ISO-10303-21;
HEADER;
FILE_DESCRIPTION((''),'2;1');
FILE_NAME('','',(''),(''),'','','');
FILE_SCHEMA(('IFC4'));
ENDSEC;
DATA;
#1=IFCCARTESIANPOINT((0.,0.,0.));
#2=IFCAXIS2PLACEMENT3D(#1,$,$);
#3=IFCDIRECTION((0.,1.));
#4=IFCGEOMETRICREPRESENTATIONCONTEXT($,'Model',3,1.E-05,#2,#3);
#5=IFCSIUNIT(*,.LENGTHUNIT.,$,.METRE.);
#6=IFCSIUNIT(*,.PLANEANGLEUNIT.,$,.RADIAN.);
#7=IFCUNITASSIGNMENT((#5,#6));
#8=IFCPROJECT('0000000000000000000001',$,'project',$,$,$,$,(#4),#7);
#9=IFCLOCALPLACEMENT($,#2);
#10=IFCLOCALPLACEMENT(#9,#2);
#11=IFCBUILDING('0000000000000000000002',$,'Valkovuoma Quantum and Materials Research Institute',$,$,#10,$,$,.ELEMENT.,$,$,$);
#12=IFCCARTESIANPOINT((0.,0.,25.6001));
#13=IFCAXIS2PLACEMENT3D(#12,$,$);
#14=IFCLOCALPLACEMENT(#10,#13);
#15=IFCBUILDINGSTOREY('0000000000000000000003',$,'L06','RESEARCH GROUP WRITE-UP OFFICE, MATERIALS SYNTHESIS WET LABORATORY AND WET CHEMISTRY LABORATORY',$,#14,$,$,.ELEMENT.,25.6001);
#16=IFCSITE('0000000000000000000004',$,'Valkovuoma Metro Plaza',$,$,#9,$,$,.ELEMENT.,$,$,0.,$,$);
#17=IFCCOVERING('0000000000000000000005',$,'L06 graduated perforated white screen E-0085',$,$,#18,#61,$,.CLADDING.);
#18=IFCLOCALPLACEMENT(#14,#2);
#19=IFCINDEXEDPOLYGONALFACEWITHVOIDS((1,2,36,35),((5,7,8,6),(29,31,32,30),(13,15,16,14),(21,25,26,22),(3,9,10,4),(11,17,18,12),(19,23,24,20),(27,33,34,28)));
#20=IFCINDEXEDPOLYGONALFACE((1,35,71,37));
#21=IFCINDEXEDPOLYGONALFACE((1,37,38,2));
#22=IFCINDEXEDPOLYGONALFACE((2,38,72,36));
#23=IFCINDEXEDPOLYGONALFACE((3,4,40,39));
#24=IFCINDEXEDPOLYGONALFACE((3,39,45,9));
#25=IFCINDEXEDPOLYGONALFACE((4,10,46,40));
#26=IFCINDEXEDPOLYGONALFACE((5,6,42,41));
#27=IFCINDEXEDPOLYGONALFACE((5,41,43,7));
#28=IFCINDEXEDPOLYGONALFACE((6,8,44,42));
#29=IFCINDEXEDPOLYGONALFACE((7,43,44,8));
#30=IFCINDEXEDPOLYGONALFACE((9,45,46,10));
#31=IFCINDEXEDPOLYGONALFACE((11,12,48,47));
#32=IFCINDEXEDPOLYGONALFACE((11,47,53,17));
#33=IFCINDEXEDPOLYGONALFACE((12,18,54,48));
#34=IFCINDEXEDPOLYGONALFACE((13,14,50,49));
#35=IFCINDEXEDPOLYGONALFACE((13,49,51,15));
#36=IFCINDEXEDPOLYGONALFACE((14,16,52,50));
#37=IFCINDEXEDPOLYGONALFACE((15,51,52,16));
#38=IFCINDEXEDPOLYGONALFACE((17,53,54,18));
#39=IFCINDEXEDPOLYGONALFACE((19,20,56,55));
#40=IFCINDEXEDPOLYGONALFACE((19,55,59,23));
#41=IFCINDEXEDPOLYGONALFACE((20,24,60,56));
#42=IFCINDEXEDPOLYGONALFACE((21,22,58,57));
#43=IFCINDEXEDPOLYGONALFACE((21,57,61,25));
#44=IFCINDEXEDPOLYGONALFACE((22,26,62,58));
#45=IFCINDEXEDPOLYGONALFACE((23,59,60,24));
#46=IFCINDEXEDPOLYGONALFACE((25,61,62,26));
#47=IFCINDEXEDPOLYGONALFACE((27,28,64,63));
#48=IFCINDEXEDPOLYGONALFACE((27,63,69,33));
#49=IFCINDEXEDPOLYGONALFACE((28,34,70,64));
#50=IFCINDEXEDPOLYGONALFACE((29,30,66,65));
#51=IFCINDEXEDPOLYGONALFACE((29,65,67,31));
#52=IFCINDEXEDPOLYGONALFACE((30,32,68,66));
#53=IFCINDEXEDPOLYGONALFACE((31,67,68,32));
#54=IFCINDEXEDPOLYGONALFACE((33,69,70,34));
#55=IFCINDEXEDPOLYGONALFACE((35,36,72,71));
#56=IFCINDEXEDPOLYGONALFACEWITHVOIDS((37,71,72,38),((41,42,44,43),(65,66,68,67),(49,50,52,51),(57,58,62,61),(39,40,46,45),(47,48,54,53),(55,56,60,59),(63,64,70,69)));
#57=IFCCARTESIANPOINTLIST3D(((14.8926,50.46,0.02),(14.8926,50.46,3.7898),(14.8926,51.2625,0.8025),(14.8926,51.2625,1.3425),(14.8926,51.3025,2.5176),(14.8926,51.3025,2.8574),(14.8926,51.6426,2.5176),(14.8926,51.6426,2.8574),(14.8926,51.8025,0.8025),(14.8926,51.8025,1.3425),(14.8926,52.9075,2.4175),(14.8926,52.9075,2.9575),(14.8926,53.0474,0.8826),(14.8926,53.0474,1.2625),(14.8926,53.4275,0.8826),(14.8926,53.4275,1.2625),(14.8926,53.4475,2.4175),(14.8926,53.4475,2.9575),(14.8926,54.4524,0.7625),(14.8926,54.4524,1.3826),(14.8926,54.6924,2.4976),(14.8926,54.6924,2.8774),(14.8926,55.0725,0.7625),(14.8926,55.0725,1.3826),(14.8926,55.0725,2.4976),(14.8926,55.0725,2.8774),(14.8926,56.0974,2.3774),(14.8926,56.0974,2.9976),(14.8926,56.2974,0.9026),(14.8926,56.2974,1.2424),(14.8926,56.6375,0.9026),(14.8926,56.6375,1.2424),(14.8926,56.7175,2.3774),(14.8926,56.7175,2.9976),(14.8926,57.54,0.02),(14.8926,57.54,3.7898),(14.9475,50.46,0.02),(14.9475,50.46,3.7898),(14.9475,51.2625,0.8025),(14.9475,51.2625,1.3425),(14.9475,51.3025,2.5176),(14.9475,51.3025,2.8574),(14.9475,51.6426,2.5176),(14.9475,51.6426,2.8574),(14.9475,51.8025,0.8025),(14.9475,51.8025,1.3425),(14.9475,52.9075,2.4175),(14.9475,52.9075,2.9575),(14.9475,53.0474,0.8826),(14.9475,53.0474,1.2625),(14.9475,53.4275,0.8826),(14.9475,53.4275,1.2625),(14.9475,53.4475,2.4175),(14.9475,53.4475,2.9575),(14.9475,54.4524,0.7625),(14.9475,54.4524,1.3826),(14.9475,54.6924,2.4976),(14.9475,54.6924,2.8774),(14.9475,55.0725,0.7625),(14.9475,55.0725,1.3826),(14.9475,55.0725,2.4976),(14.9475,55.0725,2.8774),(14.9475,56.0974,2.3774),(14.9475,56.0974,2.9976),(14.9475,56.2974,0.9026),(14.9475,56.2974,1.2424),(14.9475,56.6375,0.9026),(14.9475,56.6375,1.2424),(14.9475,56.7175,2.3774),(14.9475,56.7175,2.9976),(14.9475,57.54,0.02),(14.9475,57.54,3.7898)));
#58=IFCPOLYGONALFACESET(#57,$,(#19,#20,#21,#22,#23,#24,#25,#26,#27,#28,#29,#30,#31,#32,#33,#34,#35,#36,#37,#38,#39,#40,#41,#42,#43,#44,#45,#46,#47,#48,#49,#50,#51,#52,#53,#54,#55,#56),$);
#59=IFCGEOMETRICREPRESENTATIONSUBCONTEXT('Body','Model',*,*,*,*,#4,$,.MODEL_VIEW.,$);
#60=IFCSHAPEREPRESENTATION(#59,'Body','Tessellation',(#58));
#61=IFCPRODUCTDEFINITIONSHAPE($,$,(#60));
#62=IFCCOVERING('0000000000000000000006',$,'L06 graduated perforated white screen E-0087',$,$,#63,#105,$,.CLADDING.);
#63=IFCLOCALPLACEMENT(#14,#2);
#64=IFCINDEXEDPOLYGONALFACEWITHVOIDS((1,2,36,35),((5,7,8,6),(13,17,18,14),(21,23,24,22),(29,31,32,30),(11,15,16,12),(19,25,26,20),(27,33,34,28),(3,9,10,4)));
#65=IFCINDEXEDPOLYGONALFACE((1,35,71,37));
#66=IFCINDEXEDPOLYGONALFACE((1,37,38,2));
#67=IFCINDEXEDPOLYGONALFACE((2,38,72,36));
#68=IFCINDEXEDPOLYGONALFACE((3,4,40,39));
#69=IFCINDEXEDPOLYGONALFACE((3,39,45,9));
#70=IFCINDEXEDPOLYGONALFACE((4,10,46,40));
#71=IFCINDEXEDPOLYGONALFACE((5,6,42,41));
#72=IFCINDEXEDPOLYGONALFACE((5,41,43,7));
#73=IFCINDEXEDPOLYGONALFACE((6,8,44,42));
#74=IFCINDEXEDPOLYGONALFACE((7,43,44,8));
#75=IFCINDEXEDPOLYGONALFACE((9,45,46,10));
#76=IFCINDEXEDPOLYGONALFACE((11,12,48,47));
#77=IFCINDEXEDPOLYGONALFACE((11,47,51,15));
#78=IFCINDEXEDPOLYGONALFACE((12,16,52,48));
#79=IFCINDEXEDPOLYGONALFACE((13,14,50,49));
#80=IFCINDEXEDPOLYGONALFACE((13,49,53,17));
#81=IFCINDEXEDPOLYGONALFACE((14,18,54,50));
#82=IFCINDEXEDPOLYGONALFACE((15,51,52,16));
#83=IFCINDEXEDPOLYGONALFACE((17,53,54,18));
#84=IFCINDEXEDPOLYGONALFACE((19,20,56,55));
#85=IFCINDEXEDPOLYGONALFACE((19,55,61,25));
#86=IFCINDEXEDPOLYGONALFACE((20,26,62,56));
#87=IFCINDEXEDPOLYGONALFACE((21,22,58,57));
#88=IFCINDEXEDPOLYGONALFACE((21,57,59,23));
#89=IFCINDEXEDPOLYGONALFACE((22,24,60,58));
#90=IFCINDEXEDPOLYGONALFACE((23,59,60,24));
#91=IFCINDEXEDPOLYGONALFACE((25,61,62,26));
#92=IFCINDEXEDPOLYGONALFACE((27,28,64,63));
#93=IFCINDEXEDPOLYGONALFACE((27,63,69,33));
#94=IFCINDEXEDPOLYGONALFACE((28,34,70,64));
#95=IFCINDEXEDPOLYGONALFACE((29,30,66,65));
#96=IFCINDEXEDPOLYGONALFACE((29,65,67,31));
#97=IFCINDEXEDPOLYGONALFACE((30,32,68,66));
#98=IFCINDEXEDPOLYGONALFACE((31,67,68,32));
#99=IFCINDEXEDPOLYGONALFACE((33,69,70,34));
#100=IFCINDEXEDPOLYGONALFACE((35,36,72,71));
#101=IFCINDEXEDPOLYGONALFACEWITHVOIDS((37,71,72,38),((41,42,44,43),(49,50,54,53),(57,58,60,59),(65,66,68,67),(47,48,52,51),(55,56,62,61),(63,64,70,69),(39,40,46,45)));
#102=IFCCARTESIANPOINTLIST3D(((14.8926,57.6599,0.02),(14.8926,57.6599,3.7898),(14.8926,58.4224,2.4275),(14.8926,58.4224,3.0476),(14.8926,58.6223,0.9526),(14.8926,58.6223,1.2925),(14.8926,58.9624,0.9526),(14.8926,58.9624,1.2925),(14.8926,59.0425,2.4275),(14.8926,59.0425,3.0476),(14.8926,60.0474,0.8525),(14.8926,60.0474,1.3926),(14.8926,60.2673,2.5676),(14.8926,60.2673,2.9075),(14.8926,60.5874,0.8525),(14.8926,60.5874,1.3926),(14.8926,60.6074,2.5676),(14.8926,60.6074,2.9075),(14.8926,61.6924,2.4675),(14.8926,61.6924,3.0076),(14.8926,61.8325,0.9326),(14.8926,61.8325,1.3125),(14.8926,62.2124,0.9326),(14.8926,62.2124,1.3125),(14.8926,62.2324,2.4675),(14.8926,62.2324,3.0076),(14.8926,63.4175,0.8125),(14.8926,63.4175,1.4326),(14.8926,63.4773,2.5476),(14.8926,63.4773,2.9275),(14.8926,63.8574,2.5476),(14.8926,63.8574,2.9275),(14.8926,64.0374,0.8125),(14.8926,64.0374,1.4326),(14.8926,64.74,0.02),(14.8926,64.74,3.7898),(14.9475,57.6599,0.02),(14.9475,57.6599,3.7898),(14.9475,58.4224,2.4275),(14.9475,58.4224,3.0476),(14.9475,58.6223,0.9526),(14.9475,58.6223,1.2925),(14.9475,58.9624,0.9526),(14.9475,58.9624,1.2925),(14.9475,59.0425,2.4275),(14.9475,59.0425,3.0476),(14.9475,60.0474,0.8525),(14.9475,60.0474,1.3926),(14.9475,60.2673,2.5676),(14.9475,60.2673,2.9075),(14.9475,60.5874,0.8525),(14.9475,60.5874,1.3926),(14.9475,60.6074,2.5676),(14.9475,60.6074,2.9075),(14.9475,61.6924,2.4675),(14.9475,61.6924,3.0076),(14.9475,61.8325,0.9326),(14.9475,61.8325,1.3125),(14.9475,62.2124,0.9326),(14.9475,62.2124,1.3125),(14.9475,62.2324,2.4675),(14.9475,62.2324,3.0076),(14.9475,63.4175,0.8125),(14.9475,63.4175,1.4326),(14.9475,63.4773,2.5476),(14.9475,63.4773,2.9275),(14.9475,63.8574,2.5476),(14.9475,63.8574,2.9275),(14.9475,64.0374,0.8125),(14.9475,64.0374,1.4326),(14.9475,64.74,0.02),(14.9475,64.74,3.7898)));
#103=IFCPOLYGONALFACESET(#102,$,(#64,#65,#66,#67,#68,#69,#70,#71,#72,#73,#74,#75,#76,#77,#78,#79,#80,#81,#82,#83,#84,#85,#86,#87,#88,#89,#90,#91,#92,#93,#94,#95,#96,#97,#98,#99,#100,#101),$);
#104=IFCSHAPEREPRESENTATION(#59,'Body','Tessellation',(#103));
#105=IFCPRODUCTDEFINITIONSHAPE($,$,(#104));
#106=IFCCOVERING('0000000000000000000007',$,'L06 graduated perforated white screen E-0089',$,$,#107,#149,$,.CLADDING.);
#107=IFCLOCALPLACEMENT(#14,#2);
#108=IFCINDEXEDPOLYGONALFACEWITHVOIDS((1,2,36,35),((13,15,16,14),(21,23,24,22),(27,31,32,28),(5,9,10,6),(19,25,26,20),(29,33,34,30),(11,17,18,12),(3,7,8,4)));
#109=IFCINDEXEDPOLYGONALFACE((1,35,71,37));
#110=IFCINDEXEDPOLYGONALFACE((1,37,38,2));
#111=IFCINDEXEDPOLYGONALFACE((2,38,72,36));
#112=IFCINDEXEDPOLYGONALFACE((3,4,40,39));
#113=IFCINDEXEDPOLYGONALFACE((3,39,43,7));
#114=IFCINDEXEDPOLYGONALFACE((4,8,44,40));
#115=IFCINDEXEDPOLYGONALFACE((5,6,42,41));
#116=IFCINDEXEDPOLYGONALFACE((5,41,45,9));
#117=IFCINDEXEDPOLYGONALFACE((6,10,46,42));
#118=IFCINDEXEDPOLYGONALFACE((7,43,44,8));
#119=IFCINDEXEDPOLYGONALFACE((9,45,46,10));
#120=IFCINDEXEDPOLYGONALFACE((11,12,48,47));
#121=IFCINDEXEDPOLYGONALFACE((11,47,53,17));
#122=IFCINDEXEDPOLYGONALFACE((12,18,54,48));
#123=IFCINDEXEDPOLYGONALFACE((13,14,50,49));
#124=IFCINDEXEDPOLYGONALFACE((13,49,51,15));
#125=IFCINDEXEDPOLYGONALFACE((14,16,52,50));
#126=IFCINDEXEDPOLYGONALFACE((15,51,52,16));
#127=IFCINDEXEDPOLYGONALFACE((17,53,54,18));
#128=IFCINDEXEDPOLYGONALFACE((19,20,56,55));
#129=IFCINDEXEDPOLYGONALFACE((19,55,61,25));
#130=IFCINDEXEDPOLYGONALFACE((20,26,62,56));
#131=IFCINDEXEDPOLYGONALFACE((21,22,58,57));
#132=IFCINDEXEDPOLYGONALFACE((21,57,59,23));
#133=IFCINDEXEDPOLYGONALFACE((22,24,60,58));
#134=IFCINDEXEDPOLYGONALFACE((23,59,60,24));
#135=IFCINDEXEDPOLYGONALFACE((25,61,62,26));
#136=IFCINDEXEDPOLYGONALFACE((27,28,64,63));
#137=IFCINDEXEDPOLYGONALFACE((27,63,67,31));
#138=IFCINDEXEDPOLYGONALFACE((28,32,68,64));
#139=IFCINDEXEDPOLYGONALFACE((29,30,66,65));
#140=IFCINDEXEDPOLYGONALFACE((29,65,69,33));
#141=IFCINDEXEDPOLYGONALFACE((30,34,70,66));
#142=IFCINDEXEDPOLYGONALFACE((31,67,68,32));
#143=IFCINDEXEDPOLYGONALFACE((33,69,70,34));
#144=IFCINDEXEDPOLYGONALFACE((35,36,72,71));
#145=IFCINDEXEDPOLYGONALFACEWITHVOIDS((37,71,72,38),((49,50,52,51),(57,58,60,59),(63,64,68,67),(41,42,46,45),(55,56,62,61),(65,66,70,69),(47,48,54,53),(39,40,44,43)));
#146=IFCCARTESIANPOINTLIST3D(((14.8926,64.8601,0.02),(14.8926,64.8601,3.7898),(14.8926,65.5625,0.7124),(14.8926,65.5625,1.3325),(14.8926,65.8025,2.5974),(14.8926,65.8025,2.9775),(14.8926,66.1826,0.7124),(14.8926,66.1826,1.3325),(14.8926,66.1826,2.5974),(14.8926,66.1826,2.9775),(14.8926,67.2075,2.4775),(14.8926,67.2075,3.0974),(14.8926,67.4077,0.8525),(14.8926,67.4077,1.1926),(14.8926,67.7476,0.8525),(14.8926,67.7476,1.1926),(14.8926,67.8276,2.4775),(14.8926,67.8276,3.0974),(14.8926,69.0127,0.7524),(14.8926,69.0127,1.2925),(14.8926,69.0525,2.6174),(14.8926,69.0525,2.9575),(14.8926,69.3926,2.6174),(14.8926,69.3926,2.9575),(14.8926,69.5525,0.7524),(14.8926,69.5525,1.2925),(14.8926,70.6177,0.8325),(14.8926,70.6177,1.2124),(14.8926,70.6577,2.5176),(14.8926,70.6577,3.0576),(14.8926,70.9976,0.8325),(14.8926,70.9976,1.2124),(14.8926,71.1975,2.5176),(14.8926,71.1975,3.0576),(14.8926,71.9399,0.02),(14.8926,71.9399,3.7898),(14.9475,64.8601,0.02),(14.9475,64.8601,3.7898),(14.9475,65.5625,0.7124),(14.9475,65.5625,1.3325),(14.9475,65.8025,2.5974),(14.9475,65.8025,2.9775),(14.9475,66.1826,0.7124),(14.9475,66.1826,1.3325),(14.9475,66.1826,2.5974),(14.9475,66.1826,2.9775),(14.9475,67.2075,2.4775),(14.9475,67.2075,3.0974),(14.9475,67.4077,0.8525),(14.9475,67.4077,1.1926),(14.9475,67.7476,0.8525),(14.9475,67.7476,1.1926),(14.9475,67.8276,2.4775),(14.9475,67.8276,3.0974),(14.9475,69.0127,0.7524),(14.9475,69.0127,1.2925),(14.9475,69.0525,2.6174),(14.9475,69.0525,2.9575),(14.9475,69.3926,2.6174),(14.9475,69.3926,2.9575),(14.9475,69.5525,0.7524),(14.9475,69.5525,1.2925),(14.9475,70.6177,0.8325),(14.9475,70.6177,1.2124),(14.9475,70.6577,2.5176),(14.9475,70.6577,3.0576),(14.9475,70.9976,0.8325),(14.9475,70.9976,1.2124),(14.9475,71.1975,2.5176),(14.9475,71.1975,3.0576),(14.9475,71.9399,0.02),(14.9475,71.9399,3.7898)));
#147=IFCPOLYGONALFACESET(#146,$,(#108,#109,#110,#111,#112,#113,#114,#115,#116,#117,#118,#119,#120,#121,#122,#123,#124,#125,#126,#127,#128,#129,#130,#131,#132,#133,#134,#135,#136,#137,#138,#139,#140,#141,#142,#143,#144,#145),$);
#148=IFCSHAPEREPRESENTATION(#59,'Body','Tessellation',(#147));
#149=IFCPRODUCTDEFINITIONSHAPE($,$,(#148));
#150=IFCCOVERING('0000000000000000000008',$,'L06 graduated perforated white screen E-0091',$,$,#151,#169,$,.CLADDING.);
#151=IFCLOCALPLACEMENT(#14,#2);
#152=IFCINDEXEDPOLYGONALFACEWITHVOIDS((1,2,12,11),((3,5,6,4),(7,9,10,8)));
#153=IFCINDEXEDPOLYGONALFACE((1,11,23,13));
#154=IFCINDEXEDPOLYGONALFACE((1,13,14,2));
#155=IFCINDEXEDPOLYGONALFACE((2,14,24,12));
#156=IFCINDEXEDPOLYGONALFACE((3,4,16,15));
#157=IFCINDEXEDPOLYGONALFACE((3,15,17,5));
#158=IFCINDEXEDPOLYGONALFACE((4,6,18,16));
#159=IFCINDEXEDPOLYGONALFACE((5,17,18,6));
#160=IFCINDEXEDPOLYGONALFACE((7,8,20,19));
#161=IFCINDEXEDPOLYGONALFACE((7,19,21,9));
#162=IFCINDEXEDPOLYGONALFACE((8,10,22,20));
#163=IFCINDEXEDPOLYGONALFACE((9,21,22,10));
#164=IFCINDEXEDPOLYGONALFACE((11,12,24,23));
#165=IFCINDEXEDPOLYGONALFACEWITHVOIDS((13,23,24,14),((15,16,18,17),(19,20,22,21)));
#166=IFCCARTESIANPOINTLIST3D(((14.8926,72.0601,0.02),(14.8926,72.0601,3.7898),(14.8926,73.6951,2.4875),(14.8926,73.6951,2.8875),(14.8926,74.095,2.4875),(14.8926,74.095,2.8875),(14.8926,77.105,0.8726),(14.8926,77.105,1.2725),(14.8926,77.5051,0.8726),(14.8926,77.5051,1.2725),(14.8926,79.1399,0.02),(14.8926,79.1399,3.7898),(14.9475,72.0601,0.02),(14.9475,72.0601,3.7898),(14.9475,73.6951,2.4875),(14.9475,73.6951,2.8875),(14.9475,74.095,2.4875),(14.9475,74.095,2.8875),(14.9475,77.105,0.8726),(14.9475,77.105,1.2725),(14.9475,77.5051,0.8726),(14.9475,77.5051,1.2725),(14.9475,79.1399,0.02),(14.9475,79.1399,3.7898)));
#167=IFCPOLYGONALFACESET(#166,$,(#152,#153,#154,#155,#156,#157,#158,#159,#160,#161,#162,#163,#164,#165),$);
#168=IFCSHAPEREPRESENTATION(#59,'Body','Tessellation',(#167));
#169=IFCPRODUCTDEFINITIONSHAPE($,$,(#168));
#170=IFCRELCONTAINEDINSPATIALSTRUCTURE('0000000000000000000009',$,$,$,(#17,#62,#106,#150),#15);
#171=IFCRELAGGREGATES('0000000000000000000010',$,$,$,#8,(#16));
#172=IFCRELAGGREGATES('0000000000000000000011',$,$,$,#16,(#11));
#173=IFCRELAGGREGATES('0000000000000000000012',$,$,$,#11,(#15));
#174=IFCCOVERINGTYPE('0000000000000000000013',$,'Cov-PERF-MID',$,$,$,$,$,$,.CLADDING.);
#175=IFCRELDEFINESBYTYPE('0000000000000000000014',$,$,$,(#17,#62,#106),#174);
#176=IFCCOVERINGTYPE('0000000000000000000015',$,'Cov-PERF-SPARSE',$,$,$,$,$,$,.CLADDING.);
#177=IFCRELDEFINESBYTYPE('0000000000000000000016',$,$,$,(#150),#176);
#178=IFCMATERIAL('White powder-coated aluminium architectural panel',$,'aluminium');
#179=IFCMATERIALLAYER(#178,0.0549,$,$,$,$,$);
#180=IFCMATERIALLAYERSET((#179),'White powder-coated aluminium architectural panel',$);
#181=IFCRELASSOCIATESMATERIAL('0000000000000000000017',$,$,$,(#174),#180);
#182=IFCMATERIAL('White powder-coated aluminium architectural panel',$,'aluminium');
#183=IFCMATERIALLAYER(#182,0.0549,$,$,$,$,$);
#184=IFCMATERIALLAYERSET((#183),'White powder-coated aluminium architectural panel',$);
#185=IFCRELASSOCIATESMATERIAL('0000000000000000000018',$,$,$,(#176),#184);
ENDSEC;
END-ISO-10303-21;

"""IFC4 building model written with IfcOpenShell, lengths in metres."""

from ifc_helpers import new_model, si_unit, direction, frame, origin, place, context, subcontext, project, spatial, polyline, outline, extrude, material, layer, layer_set, type_object, element, save


model = new_model("IFC4")

# Units and contexts
model_context = context("Model", 3, precision=1e-05, world=origin(), true_north=direction((0.0, 1.0)))
body_context = subcontext(model_context, "Body", "Model", "MODEL_VIEW")
ifc_project = project(units=[si_unit("LENGTHUNIT", "METRE"), si_unit("PLANEANGLEUNIT", "RADIAN")], contexts=[model_context])

# Site, building, storey
site_placement = place(None, origin())
site = spatial("IfcSite", under=ifc_project, at=site_placement, Name="Valkovuoma Metro Plaza", CompositionType="ELEMENT", RefElevation=0.0)
building_placement = place(site_placement, origin())
building = spatial("IfcBuilding", under=site, at=building_placement, Name="Valkovuoma Quantum and Materials Research Institute", CompositionType="ELEMENT")
storey_placement = place(building_placement, frame((0.0, 0.0, 25.6001)))
storey = spatial("IfcBuildingStorey", under=building, at=storey_placement, Name="L06", Description="RESEARCH GROUP WRITE-UP OFFICE, MATERIALS SYNTHESIS WET LABORATORY AND WET CHEMISTRY LABORATORY", CompositionType="ELEMENT", Elevation=25.6001)

# Coverings
ifc_material_1 = material(Name="White powder-coated aluminium architectural panel", Category="aluminium")
ifc_layer_1 = layer(ifc_material_1, 0.0549)
ifc_layer_set_1 = layer_set([ifc_layer_1], Name="White powder-coated aluminium architectural panel")
covering_type_1 = type_object("IfcCoveringType", Name="Cov-PERF-MID", PredefinedType="CLADDING", material=ifc_layer_set_1)
covering_1_placement = place(storey_placement, frame((14.9199, 50.46, 0.02), z_axis=(0.0, 0.0, 1.0), x_axis=(0.0, 1.0, 0.0)))
element("IfcCovering", 1, at=covering_1_placement, inside=storey, type_object=covering_type_1, Name="L06 graduated perforated white screen E-0085", PredefinedType="CLADDING", context=body_context, shape_type="SweptSolid", body=[
    extrude(outline(polyline([(0.0, 0.0), (7.0801, 0.0), (7.0801, 3.7698), (0.0, 3.7698), (0.0, 0.0)]), holes=[polyline([(0.8025, 0.7825), (0.8025, 1.3225), (1.3425, 1.3225), (1.3425, 0.7825), (0.8025, 0.7825)]), polyline([(0.8425, 2.4976), (0.8425, 2.8374), (1.1826, 2.8374), (1.1826, 2.4976), (0.8425, 2.4976)]), polyline([(2.5874, 0.8625), (2.5874, 1.2424), (2.9675, 1.2424), (2.9675, 0.8625), (2.5874, 0.8625)]), polyline([(2.4475, 2.3975), (2.4475, 2.9375), (2.9875, 2.9375), (2.9875, 2.3975), (2.4475, 2.3975)]), polyline([(3.9924, 0.7424), (3.9924, 1.3625), (4.6125, 1.3625), (4.6125, 0.7424), (3.9924, 0.7424)]), polyline([(4.2324, 2.4775), (4.2324, 2.8574), (4.6125, 2.8574), (4.6125, 2.4775), (4.2324, 2.4775)]), polyline([(5.8374, 0.8826), (5.8374, 1.2224), (6.1775, 1.2224), (6.1775, 0.8826), (5.8374, 0.8826)]), polyline([(5.6375, 2.3574), (5.6375, 2.9775), (6.2576, 2.9775), (6.2576, 2.3574), (5.6375, 2.3574)])]), frame((0.0, 0.0273, 0.0), z_axis=(0.0, -1.0, 0.0), x_axis=(1.0, 0.0, 0.0)), (0.0, 0.0, 1.0), 0.0549),
])
covering_2_placement = place(storey_placement, frame((14.9199, 57.6599, 0.02), z_axis=(0.0, 0.0, 1.0), x_axis=(0.0, 1.0, 0.0)))
element("IfcCovering", 2, at=covering_2_placement, inside=storey, type_object=covering_type_1, Name="L06 graduated perforated white screen E-0087", PredefinedType="CLADDING", context=body_context, shape_type="SweptSolid", body=[
    extrude(outline(polyline([(0.0, 0.0), (7.0801, 0.0), (7.0801, 3.7698), (0.0, 3.7698), (0.0, 0.0)]), holes=[polyline([(0.9624, 0.9326), (0.9624, 1.2725), (1.3025, 1.2725), (1.3025, 0.9326), (0.9624, 0.9326)]), polyline([(0.7625, 2.4075), (0.7625, 3.0276), (1.3826, 3.0276), (1.3826, 2.4075), (0.7625, 2.4075)]), polyline([(2.3875, 0.8325), (2.3875, 1.3726), (2.9275, 1.3726), (2.9275, 0.8325), (2.3875, 0.8325)]), polyline([(2.6074, 2.5476), (2.6074, 2.8875), (2.9475, 2.8875), (2.9475, 2.5476), (2.6074, 2.5476)]), polyline([(4.1726, 0.9126), (4.1726, 1.2925), (4.5525, 1.2925), (4.5525, 0.9126), (4.1726, 0.9126)]), polyline([(4.0325, 2.4475), (4.0325, 2.9875), (4.5725, 2.9875), (4.5725, 2.4475), (4.0325, 2.4475)]), polyline([(5.7576, 0.7925), (5.7576, 1.4126), (6.3774, 1.4126), (6.3774, 0.7925), (5.7576, 0.7925)]), polyline([(5.8174, 2.5276), (5.8174, 2.9075), (6.1975, 2.9075), (6.1975, 2.5276), (5.8174, 2.5276)])]), frame((0.0, 0.0273, 0.0), z_axis=(0.0, -1.0, 0.0), x_axis=(1.0, 0.0, 0.0)), (0.0, 0.0, 1.0), 0.0549),
])
covering_3_placement = place(storey_placement, frame((14.9199, 64.8601, 0.02), z_axis=(0.0, 0.0, 1.0), x_axis=(0.0, 1.0, 0.0)))
element("IfcCovering", 3, at=covering_3_placement, inside=storey, type_object=covering_type_1, Name="L06 graduated perforated white screen E-0089", PredefinedType="CLADDING", context=body_context, shape_type="SweptSolid", body=[
    extrude(outline(polyline([(0.0, 0.0), (7.0798, 0.0), (7.0798, 3.7698), (0.0, 3.7698), (0.0, 0.0)]), holes=[polyline([(0.7024, 0.6924), (0.7024, 1.3125), (1.3225, 1.3125), (1.3225, 0.6924), (0.7024, 0.6924)]), polyline([(0.9424, 2.5774), (0.9424, 2.9575), (1.3225, 2.9575), (1.3225, 2.5774), (0.9424, 2.5774)]), polyline([(2.5476, 0.8325), (2.5476, 1.1726), (2.8875, 1.1726), (2.8875, 0.8325), (2.5476, 0.8325)]), polyline([(2.3474, 2.4575), (2.3474, 3.0774), (2.9675, 3.0774), (2.9675, 2.4575), (2.3474, 2.4575)]), polyline([(4.1526, 0.7324), (4.1526, 1.2725), (4.6924, 1.2725), (4.6924, 0.7324), (4.1526, 0.7324)]), polyline([(4.1924, 2.5974), (4.1924, 2.9375), (4.5325, 2.9375), (4.5325, 2.5974), (4.1924, 2.5974)]), polyline([(5.7576, 0.8125), (5.7576, 1.1924), (6.1375, 1.1924), (6.1375, 0.8125), (5.7576, 0.8125)]), polyline([(5.7976, 2.4976), (5.7976, 3.0376), (6.3374, 3.0376), (6.3374, 2.4976), (5.7976, 2.4976)])]), frame((0.0, 0.0273, 0.0), z_axis=(0.0, -1.0, 0.0), x_axis=(1.0, 0.0, 0.0)), (0.0, 0.0, 1.0), 0.0549),
])
ifc_material_2 = material(Name="White powder-coated aluminium architectural panel", Category="aluminium")
ifc_layer_2 = layer(ifc_material_2, 0.0549)
ifc_layer_set_2 = layer_set([ifc_layer_2], Name="White powder-coated aluminium architectural panel")
covering_type_2 = type_object("IfcCoveringType", Name="Cov-PERF-SPARSE", PredefinedType="CLADDING", material=ifc_layer_set_2)
covering_4_placement = place(storey_placement, frame((14.9199, 72.0601, 0.02), z_axis=(0.0, 0.0, 1.0), x_axis=(0.0, 1.0, 0.0)))
element("IfcCovering", 4, at=covering_4_placement, inside=storey, type_object=covering_type_2, Name="L06 graduated perforated white screen E-0091", PredefinedType="CLADDING", context=body_context, shape_type="SweptSolid", body=[
    extrude(outline(polyline([(0.0, 0.0), (7.0798, 0.0), (7.0798, 3.7698), (0.0, 3.7698), (0.0, 0.0)]), holes=[polyline([(1.635, 2.4675), (1.635, 2.8674), (2.0349, 2.8674), (2.0349, 2.4675), (1.635, 2.4675)]), polyline([(5.0449, 0.8525), (5.0449, 1.2524), (5.4451, 1.2524), (5.4451, 0.8525), (5.0449, 0.8525)])]), frame((0.0, 0.0273, 0.0), z_axis=(0.0, -1.0, 0.0), x_axis=(1.0, 0.0, 0.0)), (0.0, 0.0, 1.0), 0.0549),
])

save(model, "model.ifc")
